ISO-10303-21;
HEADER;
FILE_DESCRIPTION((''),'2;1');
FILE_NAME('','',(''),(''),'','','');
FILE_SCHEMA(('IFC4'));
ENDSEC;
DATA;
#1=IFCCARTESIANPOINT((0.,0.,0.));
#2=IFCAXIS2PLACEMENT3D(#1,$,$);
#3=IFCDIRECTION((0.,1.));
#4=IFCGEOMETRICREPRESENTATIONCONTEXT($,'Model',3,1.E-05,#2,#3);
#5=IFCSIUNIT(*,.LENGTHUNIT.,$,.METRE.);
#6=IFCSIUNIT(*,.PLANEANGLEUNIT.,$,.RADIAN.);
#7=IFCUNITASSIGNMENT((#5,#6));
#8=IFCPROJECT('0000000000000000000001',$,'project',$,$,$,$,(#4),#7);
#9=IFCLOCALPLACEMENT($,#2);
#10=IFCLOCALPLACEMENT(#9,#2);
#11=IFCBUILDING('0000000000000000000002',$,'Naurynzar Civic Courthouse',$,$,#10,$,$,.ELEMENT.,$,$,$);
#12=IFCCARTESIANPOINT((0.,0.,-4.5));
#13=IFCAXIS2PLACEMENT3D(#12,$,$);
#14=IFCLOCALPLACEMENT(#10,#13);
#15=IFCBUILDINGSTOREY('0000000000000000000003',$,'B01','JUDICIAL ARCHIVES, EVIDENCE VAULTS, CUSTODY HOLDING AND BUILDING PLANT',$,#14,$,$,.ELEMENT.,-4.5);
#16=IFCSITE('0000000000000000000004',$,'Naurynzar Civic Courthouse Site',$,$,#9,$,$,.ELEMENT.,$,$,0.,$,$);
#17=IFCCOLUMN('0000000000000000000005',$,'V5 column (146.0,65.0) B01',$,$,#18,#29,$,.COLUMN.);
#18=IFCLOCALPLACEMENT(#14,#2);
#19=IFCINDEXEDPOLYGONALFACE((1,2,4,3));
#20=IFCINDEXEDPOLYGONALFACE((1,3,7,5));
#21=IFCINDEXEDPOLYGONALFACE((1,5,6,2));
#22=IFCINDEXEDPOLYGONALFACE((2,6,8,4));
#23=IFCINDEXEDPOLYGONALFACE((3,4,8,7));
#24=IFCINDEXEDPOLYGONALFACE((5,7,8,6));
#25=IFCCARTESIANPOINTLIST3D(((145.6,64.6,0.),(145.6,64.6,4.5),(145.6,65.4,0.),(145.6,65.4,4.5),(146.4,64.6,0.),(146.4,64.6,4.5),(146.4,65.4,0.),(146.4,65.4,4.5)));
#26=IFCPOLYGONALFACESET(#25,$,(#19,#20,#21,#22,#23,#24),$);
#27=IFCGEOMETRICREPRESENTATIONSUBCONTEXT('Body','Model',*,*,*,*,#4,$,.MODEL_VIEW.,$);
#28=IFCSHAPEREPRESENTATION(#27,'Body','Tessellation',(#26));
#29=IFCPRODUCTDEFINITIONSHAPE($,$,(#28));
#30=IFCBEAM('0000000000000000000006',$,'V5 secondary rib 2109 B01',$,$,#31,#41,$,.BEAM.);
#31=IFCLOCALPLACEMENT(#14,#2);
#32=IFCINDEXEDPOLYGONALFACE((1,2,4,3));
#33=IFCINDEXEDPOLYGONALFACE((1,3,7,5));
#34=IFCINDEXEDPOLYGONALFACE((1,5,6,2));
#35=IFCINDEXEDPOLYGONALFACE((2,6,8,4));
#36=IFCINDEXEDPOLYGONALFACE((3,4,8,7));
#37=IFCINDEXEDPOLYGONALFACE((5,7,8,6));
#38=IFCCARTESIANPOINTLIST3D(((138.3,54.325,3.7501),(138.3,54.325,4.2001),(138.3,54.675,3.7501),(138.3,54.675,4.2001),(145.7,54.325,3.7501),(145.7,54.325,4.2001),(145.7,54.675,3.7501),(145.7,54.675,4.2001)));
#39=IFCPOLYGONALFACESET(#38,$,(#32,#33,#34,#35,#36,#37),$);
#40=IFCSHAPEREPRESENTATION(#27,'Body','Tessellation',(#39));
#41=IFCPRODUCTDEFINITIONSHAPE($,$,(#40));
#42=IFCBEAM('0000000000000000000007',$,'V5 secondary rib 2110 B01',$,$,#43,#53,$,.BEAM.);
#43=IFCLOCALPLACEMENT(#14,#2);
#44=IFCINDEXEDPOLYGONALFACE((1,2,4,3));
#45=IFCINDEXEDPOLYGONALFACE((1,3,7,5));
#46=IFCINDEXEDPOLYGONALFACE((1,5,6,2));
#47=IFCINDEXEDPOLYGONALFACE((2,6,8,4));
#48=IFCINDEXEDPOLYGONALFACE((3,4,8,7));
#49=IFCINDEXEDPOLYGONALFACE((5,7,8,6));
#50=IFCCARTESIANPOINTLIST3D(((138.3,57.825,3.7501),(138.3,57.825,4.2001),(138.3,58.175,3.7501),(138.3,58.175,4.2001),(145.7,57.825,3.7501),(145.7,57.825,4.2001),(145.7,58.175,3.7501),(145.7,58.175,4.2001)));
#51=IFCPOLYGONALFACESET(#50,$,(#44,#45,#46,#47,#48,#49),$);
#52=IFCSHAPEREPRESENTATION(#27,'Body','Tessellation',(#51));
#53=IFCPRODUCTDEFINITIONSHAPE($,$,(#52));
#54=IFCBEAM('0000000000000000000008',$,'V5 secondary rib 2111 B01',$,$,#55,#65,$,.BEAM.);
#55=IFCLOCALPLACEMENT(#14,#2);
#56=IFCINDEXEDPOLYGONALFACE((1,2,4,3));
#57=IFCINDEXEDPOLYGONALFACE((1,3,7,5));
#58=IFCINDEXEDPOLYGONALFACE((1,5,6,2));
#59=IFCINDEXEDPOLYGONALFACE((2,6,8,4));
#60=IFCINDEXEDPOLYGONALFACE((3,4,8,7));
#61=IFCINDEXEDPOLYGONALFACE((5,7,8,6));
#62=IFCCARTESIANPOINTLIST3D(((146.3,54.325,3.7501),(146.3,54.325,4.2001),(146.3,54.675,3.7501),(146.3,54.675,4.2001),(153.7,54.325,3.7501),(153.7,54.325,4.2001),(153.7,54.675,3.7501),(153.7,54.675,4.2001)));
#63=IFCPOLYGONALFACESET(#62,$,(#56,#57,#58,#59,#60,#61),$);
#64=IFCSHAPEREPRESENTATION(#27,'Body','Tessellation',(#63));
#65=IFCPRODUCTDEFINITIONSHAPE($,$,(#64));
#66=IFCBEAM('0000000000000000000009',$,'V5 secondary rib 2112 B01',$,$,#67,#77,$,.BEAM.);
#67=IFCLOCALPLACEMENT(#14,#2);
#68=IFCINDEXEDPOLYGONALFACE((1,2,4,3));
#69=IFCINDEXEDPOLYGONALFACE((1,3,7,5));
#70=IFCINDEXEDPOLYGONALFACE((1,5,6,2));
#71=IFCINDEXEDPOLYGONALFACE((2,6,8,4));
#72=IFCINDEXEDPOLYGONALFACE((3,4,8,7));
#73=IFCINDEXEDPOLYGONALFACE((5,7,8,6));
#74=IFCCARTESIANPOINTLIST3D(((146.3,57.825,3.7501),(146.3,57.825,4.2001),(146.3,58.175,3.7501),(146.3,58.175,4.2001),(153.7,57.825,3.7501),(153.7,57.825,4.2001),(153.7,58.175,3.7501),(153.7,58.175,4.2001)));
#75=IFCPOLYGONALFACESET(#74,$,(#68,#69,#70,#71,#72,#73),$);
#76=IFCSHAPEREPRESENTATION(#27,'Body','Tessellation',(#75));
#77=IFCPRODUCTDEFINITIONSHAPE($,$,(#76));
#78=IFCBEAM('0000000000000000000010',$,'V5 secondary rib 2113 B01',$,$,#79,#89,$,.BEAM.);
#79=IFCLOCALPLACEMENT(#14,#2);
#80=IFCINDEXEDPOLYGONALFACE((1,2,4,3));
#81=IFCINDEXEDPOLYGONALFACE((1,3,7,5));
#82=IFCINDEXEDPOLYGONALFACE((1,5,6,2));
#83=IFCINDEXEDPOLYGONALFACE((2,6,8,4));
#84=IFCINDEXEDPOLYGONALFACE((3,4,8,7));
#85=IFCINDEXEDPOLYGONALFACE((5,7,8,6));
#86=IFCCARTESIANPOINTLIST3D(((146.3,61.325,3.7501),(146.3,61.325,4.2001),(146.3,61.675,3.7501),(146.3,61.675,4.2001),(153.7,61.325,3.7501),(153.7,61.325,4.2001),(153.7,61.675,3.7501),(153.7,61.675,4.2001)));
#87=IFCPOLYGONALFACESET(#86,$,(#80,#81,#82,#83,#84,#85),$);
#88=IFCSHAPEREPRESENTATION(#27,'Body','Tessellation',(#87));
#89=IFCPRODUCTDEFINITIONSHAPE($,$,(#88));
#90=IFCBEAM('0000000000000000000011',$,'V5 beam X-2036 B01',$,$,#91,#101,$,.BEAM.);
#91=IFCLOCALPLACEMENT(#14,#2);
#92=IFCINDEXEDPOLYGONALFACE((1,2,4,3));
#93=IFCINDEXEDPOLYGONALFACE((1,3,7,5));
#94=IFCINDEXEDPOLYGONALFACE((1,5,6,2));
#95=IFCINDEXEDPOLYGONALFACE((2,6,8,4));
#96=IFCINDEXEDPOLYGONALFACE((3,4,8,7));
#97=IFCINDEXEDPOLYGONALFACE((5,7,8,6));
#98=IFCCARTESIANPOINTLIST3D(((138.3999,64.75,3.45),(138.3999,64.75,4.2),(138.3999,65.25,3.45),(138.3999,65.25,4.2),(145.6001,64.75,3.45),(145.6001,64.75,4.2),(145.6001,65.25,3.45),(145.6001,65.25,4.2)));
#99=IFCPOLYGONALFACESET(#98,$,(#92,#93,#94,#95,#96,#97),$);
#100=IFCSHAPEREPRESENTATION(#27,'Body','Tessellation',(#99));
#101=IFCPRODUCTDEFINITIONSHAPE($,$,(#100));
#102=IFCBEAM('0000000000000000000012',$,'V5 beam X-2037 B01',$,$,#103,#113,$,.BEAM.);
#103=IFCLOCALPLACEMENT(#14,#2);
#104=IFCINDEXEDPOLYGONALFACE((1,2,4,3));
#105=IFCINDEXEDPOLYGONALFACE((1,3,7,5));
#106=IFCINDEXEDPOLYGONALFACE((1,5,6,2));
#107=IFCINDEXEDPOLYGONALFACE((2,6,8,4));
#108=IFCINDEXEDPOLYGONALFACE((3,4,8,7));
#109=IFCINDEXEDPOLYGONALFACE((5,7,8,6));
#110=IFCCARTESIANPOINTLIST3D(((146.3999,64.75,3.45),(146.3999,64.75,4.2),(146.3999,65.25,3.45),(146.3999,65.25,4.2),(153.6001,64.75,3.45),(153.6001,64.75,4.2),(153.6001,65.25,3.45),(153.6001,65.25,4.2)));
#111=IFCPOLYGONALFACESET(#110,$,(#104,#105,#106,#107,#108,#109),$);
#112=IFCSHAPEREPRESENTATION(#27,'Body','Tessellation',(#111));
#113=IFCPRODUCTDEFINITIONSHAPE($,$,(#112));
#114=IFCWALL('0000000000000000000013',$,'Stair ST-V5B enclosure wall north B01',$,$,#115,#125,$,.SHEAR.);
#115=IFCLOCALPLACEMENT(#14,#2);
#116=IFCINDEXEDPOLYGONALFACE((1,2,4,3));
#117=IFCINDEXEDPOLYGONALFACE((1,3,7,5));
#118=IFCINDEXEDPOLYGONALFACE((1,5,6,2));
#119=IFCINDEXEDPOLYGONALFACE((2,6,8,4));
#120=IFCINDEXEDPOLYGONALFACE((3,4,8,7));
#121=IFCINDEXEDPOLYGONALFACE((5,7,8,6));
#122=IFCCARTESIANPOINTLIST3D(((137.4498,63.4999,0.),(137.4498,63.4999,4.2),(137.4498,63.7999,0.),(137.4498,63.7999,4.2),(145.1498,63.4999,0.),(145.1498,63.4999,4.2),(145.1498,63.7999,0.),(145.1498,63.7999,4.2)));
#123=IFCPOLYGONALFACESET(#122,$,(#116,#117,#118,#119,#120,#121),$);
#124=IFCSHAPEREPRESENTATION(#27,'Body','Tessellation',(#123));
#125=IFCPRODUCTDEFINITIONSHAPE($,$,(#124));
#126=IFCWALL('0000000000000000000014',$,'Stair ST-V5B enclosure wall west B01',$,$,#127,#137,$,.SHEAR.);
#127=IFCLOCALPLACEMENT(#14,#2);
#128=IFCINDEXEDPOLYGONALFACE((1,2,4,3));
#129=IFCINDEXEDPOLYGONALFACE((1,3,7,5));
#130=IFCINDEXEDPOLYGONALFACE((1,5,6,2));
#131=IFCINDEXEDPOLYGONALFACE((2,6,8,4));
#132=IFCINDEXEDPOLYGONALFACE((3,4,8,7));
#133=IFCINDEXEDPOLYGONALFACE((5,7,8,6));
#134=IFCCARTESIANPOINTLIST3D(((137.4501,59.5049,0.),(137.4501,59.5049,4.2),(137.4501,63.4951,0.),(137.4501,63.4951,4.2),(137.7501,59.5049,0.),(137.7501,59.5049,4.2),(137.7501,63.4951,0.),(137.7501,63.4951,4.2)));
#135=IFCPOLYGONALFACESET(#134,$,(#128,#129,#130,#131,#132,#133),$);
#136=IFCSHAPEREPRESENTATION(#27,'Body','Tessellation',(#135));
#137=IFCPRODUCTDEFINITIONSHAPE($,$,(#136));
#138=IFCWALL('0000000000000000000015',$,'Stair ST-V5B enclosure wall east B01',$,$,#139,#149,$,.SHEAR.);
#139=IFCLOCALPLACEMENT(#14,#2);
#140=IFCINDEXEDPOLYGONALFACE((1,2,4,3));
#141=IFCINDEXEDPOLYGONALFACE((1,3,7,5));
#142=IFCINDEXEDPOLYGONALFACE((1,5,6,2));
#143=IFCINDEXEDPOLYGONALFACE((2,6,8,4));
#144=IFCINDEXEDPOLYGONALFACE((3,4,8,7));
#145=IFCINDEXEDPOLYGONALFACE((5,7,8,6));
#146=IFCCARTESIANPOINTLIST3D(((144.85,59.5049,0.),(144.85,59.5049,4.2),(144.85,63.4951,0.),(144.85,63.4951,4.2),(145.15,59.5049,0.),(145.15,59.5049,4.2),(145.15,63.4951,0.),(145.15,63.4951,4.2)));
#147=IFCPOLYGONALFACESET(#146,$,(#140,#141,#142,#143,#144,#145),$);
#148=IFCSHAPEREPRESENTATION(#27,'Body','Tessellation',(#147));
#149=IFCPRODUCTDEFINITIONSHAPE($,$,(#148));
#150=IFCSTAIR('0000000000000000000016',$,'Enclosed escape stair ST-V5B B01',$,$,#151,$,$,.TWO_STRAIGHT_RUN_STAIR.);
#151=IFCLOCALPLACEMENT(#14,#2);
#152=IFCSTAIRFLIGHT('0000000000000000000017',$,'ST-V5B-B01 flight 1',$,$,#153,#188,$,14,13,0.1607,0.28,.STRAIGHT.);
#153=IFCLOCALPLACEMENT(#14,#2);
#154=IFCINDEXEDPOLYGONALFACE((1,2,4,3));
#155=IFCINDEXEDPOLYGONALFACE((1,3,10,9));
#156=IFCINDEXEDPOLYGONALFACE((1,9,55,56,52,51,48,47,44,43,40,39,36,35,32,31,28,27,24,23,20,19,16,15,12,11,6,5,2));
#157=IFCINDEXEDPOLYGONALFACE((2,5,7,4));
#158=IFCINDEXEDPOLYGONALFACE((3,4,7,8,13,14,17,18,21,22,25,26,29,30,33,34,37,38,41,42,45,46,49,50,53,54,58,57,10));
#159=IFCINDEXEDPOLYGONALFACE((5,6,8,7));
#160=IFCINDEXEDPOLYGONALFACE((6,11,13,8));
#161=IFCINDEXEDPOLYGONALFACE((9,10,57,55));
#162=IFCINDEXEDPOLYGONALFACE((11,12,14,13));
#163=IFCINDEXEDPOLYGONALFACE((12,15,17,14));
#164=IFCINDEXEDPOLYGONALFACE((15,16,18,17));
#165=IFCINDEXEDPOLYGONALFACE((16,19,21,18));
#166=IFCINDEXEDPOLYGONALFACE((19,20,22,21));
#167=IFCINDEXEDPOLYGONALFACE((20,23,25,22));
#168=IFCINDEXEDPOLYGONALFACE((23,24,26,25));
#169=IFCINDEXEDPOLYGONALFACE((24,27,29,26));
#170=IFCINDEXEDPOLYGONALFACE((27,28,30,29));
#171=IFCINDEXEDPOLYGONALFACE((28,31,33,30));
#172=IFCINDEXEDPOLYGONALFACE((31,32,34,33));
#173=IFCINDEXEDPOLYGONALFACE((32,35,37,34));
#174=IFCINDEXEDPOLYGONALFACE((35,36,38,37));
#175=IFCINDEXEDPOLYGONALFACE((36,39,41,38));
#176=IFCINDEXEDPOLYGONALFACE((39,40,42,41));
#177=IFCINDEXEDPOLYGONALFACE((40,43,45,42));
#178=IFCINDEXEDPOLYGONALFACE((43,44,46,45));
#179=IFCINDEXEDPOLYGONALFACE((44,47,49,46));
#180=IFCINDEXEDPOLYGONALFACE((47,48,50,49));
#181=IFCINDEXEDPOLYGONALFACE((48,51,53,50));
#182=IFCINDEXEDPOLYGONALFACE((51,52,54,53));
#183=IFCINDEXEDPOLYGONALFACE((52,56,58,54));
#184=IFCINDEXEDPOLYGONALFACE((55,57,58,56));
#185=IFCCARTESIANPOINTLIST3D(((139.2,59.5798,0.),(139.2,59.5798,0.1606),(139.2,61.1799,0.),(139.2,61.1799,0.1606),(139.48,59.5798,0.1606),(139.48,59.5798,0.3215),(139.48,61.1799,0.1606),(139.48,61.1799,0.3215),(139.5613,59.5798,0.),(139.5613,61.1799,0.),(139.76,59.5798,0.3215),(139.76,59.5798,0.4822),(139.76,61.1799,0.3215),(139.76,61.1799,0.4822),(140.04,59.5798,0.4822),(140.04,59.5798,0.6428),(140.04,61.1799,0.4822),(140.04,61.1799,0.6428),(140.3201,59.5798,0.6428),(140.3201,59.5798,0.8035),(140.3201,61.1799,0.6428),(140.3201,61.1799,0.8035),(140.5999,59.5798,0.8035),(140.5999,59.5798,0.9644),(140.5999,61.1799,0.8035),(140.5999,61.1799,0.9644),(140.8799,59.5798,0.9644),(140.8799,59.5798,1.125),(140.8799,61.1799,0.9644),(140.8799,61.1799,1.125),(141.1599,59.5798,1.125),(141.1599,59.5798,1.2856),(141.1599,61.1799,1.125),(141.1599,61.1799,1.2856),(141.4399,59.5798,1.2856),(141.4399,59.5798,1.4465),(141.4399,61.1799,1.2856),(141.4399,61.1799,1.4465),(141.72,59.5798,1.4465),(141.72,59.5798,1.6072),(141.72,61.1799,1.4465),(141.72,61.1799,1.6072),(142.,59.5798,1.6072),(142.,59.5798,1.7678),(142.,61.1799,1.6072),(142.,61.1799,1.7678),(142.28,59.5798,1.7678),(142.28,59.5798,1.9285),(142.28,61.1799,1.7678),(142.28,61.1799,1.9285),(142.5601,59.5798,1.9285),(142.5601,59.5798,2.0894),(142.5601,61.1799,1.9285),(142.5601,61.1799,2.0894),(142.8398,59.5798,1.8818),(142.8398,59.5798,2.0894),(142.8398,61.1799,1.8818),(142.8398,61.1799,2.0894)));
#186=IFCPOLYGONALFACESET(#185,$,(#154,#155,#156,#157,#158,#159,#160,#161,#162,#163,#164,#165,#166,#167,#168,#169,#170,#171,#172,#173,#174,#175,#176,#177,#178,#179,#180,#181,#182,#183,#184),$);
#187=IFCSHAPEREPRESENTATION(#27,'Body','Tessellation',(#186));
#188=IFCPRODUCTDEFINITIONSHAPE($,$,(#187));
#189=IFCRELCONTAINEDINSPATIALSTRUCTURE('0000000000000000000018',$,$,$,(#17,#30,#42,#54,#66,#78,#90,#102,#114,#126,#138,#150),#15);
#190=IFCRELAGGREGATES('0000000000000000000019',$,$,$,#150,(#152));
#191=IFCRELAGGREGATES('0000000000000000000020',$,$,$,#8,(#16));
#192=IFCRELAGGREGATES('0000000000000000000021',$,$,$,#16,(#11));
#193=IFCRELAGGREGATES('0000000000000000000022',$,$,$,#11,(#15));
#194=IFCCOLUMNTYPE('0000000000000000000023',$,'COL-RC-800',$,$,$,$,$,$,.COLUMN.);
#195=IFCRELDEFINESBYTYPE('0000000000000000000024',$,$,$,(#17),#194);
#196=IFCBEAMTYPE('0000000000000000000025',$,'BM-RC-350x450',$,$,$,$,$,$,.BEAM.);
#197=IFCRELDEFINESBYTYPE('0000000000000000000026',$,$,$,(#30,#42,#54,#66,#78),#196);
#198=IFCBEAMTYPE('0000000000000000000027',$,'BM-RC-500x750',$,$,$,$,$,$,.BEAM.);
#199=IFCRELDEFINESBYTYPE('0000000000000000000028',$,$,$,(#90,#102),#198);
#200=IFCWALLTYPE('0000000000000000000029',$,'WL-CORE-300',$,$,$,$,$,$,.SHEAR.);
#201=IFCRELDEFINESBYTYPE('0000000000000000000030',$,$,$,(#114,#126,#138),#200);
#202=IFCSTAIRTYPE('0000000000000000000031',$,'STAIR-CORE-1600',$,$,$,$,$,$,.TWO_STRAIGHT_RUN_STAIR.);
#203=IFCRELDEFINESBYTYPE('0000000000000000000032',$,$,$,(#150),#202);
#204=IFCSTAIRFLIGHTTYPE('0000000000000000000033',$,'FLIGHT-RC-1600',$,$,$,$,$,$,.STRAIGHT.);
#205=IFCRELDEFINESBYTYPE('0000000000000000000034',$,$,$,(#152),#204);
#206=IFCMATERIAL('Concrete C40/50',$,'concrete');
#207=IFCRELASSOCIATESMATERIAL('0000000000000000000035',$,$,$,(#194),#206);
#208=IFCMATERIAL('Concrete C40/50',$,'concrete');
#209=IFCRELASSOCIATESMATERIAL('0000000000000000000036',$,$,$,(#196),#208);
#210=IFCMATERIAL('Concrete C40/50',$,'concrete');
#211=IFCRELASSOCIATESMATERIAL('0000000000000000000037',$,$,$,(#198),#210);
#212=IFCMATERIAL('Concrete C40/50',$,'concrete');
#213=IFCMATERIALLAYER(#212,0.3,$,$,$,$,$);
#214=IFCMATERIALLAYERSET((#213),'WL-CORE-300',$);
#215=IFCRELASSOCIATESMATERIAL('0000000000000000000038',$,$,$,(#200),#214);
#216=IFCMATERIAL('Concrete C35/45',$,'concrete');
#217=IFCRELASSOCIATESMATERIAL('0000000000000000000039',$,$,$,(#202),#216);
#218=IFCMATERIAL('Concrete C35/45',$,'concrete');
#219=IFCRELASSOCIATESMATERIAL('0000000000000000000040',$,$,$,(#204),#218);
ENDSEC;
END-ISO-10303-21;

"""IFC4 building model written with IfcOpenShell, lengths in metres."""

from ifc_helpers import new_model, si_unit, direction, frame, frame_2d, origin, origin_2d, place, context, subcontext, project, spatial, polyline, rectangle, outline, extrude, material, layer, layer_set, material_profile, profile_set, type_object, element, aggregate, save


model = new_model("IFC4")

# Units and contexts
model_context = context("Model", 3, precision=1e-05, world=origin(), true_north=direction((0.0, 1.0)))
body_context = subcontext(model_context, "Body", "Model", "MODEL_VIEW")
ifc_project = project(units=[si_unit("LENGTHUNIT", "METRE"), si_unit("PLANEANGLEUNIT", "RADIAN")], contexts=[model_context])

# Site, building, storey
site_placement = place(None, origin())
site = spatial("IfcSite", under=ifc_project, at=site_placement, Name="Naurynzar Civic Courthouse Site", CompositionType="ELEMENT", RefElevation=0.0)
building_placement = place(site_placement, origin())
building = spatial("IfcBuilding", under=site, at=building_placement, Name="Naurynzar Civic Courthouse", CompositionType="ELEMENT")
storey_placement = place(building_placement, frame((0.0, 0.0, -4.5)))
storey = spatial("IfcBuildingStorey", under=building, at=storey_placement, Name="B01", Description="JUDICIAL ARCHIVES, EVIDENCE VAULTS, CUSTODY HOLDING AND BUILDING PLANT", CompositionType="ELEMENT", Elevation=-4.5)

# Column
ifc_material_1 = material(Name="Concrete C40/50", Category="concrete")
ifc_material_profile_1 = material_profile(ifc_material_1, rectangle(XDim=0.8, YDim=0.8, at=origin_2d()), Name="RC 800x800")
ifc_profile_set_1 = profile_set([ifc_material_profile_1], Name="Concrete C40/50")
column_type = type_object("IfcColumnType", Name="COL-RC-800", PredefinedType="COLUMN", material=ifc_profile_set_1)
for number, where, z_axis, x_axis, name in (
    (1, (146.0, 65.0, 0.0), (0.0, 0.0, 1.0), (1.0, 0.0, 0.0), "V5 column (146.0,65.0) B01"),
):
    element("IfcColumn", number, at=place(storey_placement, frame(where, z_axis=z_axis, x_axis=x_axis)), inside=storey, type_object=column_type, Name=name, PredefinedType="COLUMN", context=body_context, shape_type="SweptSolid", body=[
        extrude(rectangle(XDim=0.8, YDim=0.8, at=origin_2d()), origin(), (0.0, 0.0, 1.0), 4.5),
    ])

# Beams
ifc_material_2 = material(Name="Concrete C40/50", Category="concrete")
ifc_material_profile_2 = material_profile(ifc_material_2, rectangle(XDim=0.3501, YDim=0.45, at=origin_2d()), Name="RCB 350x450")
ifc_profile_set_2 = profile_set([ifc_material_profile_2], Name="Concrete C40/50")
beam_type_1 = type_object("IfcBeamType", Name="BM-RC-350x450", PredefinedType="BEAM", material=ifc_profile_set_2)
for number, where, z_axis, x_axis, name in (
    (2, (138.3, 54.5, 3.9751), (1.0, 0.0, 0.0), (0.0, 1.0, 0.0), "V5 secondary rib 2109 B01"),
    (3, (138.3, 58.0, 3.9751), (1.0, 0.0, 0.0), (0.0, 1.0, 0.0), "V5 secondary rib 2110 B01"),
    (4, (146.3, 54.5, 3.9751), (1.0, 0.0, 0.0), (0.0, 1.0, 0.0), "V5 secondary rib 2111 B01"),
    (5, (146.3, 58.0, 3.9751), (1.0, 0.0, 0.0), (0.0, 1.0, 0.0), "V5 secondary rib 2112 B01"),
    (6, (146.3, 61.5, 3.9751), (1.0, 0.0, 0.0), (0.0, 1.0, 0.0), "V5 secondary rib 2113 B01"),
):
    element("IfcBeam", number, at=place(storey_placement, frame(where, z_axis=z_axis, x_axis=x_axis)), inside=storey, type_object=beam_type_1, Name=name, PredefinedType="BEAM", context=body_context, shape_type="SweptSolid", body=[
        extrude(rectangle(XDim=0.3501, YDim=0.45, at=origin_2d()), origin(), (0.0, 0.0, 1.0), 7.3999),
    ])
ifc_material_3 = material(Name="Concrete C40/50", Category="concrete")
ifc_material_profile_3 = material_profile(ifc_material_3, rectangle(XDim=0.5, YDim=0.75, at=origin_2d()), Name="RCB 500x750")
ifc_profile_set_3 = profile_set([ifc_material_profile_3], Name="Concrete C40/50")
beam_type_2 = type_object("IfcBeamType", Name="BM-RC-500x750", PredefinedType="BEAM", material=ifc_profile_set_3)
for number, where, z_axis, x_axis, name in (
    (7, (138.3999, 65.0, 3.825), (1.0, 0.0, 0.0), (0.0, 1.0, 0.0), "V5 beam X-2036 B01"),
    (8, (146.3999, 65.0, 3.825), (1.0, 0.0, 0.0), (0.0, 1.0, 0.0), "V5 beam X-2037 B01"),
):
    element("IfcBeam", number, at=place(storey_placement, frame(where, z_axis=z_axis, x_axis=x_axis)), inside=storey, type_object=beam_type_2, Name=name, PredefinedType="BEAM", context=body_context, shape_type="SweptSolid", body=[
        extrude(rectangle(XDim=0.5, YDim=0.75, at=origin_2d()), origin(), (0.0, 0.0, 1.0), 7.2002),
    ])

# Wall
ifc_material_4 = material(Name="Concrete C40/50", Category="concrete")
ifc_layer = layer(ifc_material_4, 0.3)
ifc_layer_set = layer_set([ifc_layer], Name="WL-CORE-300")
wall_type = type_object("IfcWallType", Name="WL-CORE-300", PredefinedType="SHEAR", material=ifc_layer_set)
wall_1_placement = place(storey_placement, frame((145.1499, 63.6499, 0.0), z_axis=(0.0, 0.0, 1.0), x_axis=(-1.0, 0.0, 0.0)))
element("IfcWall", 9, at=wall_1_placement, inside=storey, type_object=wall_type, Name="Stair ST-V5B enclosure wall north B01", PredefinedType="SHEAR", context=body_context, shape_type="SweptSolid", body=[
    extrude(rectangle(XDim=7.7, YDim=0.3, at=frame_2d((3.8501, 0.0))), origin(), (0.0, 0.0, 1.0), 4.2),
])

# Walls
for number, where, z_axis, x_axis, name in (
    (10, (137.6001, 63.4951, 0.0), (0.0, 0.0, 1.0), (0.0, -1.0, 0.0), "Stair ST-V5B enclosure wall west B01"),
    (11, (145.0, 59.5049, 0.0), (0.0, 0.0, 1.0), (0.0, 1.0, 0.0), "Stair ST-V5B enclosure wall east B01"),
):
    element("IfcWall", number, at=place(storey_placement, frame(where, z_axis=z_axis, x_axis=x_axis)), inside=storey, type_object=wall_type, Name=name, PredefinedType="SHEAR", context=body_context, shape_type="SweptSolid", body=[
        extrude(rectangle(XDim=3.9902, YDim=0.3, at=frame_2d((1.9951, 0.0))), origin(), (0.0, 0.0, 1.0), 4.2),
    ])

# Stair, stair flight
ifc_material_5 = material(Name="Concrete C35/45", Category="concrete")
stair_type = type_object("IfcStairType", Name="STAIR-CORE-1600", PredefinedType="TWO_STRAIGHT_RUN_STAIR", material=ifc_material_5)
stair_placement = place(storey_placement, origin())
stair = element("IfcStair", 12, at=stair_placement, inside=storey, type_object=stair_type, Name="Enclosed escape stair ST-V5B B01", PredefinedType="TWO_STRAIGHT_RUN_STAIR")
ifc_material_6 = material(Name="Concrete C35/45", Category="concrete")
stair_flight_type = type_object("IfcStairFlightType", Name="FLIGHT-RC-1600", PredefinedType="STRAIGHT", material=ifc_material_6)
stair_flight_1_placement = place(storey_placement, frame((139.2, 60.3799, 0.0), z_axis=(0.0, 0.0, 1.0), x_axis=(1.0, 0.0, 0.0)))
stair_flight_1 = element("IfcStairFlight", 13, at=stair_flight_1_placement, type_object=stair_flight_type, Name="ST-V5B-B01 flight 1", NumberOfRisers=14, NumberOfTreads=13, PredefinedType="STRAIGHT", RiserHeight=0.1607, TreadLength=0.28, context=body_context, shape_type="SweptSolid", body=[
    extrude(outline(polyline([(0.0, 0.0), (0.0, 0.1606), (0.28, 0.1606), (0.28, 0.3215), (0.5601, 0.3215), (0.5601, 0.4822), (0.8401, 0.4822), (0.8401, 0.6428), (1.1201, 0.6428), (1.1201, 0.8035), (1.3999, 0.8035), (1.3999, 0.9644), (1.6799, 0.9644), (1.6799, 1.125), (1.96, 1.125), (1.96, 1.2856), (2.24, 1.2856), (2.24, 1.4465), (2.52, 1.4465), (2.52, 1.6072), (2.8, 1.6072), (2.8, 1.7678), (3.0801, 1.7678), (3.0801, 1.9285), (3.3601, 1.9285), (3.3601, 2.0894), (3.6399, 2.0894), (3.6399, 2.25), (3.6399, 1.8818), (0.3613, 0.0), (0.0, 0.0)])), frame((0.0, 0.8, 0.0), z_axis=(0.0, -1.0, 0.0), x_axis=(1.0, 0.0, 0.0)), (0.0, 0.0, 1.0), 1.6001),
])
aggregate(stair, [stair_flight_1])

save(model, "model.ifc")
